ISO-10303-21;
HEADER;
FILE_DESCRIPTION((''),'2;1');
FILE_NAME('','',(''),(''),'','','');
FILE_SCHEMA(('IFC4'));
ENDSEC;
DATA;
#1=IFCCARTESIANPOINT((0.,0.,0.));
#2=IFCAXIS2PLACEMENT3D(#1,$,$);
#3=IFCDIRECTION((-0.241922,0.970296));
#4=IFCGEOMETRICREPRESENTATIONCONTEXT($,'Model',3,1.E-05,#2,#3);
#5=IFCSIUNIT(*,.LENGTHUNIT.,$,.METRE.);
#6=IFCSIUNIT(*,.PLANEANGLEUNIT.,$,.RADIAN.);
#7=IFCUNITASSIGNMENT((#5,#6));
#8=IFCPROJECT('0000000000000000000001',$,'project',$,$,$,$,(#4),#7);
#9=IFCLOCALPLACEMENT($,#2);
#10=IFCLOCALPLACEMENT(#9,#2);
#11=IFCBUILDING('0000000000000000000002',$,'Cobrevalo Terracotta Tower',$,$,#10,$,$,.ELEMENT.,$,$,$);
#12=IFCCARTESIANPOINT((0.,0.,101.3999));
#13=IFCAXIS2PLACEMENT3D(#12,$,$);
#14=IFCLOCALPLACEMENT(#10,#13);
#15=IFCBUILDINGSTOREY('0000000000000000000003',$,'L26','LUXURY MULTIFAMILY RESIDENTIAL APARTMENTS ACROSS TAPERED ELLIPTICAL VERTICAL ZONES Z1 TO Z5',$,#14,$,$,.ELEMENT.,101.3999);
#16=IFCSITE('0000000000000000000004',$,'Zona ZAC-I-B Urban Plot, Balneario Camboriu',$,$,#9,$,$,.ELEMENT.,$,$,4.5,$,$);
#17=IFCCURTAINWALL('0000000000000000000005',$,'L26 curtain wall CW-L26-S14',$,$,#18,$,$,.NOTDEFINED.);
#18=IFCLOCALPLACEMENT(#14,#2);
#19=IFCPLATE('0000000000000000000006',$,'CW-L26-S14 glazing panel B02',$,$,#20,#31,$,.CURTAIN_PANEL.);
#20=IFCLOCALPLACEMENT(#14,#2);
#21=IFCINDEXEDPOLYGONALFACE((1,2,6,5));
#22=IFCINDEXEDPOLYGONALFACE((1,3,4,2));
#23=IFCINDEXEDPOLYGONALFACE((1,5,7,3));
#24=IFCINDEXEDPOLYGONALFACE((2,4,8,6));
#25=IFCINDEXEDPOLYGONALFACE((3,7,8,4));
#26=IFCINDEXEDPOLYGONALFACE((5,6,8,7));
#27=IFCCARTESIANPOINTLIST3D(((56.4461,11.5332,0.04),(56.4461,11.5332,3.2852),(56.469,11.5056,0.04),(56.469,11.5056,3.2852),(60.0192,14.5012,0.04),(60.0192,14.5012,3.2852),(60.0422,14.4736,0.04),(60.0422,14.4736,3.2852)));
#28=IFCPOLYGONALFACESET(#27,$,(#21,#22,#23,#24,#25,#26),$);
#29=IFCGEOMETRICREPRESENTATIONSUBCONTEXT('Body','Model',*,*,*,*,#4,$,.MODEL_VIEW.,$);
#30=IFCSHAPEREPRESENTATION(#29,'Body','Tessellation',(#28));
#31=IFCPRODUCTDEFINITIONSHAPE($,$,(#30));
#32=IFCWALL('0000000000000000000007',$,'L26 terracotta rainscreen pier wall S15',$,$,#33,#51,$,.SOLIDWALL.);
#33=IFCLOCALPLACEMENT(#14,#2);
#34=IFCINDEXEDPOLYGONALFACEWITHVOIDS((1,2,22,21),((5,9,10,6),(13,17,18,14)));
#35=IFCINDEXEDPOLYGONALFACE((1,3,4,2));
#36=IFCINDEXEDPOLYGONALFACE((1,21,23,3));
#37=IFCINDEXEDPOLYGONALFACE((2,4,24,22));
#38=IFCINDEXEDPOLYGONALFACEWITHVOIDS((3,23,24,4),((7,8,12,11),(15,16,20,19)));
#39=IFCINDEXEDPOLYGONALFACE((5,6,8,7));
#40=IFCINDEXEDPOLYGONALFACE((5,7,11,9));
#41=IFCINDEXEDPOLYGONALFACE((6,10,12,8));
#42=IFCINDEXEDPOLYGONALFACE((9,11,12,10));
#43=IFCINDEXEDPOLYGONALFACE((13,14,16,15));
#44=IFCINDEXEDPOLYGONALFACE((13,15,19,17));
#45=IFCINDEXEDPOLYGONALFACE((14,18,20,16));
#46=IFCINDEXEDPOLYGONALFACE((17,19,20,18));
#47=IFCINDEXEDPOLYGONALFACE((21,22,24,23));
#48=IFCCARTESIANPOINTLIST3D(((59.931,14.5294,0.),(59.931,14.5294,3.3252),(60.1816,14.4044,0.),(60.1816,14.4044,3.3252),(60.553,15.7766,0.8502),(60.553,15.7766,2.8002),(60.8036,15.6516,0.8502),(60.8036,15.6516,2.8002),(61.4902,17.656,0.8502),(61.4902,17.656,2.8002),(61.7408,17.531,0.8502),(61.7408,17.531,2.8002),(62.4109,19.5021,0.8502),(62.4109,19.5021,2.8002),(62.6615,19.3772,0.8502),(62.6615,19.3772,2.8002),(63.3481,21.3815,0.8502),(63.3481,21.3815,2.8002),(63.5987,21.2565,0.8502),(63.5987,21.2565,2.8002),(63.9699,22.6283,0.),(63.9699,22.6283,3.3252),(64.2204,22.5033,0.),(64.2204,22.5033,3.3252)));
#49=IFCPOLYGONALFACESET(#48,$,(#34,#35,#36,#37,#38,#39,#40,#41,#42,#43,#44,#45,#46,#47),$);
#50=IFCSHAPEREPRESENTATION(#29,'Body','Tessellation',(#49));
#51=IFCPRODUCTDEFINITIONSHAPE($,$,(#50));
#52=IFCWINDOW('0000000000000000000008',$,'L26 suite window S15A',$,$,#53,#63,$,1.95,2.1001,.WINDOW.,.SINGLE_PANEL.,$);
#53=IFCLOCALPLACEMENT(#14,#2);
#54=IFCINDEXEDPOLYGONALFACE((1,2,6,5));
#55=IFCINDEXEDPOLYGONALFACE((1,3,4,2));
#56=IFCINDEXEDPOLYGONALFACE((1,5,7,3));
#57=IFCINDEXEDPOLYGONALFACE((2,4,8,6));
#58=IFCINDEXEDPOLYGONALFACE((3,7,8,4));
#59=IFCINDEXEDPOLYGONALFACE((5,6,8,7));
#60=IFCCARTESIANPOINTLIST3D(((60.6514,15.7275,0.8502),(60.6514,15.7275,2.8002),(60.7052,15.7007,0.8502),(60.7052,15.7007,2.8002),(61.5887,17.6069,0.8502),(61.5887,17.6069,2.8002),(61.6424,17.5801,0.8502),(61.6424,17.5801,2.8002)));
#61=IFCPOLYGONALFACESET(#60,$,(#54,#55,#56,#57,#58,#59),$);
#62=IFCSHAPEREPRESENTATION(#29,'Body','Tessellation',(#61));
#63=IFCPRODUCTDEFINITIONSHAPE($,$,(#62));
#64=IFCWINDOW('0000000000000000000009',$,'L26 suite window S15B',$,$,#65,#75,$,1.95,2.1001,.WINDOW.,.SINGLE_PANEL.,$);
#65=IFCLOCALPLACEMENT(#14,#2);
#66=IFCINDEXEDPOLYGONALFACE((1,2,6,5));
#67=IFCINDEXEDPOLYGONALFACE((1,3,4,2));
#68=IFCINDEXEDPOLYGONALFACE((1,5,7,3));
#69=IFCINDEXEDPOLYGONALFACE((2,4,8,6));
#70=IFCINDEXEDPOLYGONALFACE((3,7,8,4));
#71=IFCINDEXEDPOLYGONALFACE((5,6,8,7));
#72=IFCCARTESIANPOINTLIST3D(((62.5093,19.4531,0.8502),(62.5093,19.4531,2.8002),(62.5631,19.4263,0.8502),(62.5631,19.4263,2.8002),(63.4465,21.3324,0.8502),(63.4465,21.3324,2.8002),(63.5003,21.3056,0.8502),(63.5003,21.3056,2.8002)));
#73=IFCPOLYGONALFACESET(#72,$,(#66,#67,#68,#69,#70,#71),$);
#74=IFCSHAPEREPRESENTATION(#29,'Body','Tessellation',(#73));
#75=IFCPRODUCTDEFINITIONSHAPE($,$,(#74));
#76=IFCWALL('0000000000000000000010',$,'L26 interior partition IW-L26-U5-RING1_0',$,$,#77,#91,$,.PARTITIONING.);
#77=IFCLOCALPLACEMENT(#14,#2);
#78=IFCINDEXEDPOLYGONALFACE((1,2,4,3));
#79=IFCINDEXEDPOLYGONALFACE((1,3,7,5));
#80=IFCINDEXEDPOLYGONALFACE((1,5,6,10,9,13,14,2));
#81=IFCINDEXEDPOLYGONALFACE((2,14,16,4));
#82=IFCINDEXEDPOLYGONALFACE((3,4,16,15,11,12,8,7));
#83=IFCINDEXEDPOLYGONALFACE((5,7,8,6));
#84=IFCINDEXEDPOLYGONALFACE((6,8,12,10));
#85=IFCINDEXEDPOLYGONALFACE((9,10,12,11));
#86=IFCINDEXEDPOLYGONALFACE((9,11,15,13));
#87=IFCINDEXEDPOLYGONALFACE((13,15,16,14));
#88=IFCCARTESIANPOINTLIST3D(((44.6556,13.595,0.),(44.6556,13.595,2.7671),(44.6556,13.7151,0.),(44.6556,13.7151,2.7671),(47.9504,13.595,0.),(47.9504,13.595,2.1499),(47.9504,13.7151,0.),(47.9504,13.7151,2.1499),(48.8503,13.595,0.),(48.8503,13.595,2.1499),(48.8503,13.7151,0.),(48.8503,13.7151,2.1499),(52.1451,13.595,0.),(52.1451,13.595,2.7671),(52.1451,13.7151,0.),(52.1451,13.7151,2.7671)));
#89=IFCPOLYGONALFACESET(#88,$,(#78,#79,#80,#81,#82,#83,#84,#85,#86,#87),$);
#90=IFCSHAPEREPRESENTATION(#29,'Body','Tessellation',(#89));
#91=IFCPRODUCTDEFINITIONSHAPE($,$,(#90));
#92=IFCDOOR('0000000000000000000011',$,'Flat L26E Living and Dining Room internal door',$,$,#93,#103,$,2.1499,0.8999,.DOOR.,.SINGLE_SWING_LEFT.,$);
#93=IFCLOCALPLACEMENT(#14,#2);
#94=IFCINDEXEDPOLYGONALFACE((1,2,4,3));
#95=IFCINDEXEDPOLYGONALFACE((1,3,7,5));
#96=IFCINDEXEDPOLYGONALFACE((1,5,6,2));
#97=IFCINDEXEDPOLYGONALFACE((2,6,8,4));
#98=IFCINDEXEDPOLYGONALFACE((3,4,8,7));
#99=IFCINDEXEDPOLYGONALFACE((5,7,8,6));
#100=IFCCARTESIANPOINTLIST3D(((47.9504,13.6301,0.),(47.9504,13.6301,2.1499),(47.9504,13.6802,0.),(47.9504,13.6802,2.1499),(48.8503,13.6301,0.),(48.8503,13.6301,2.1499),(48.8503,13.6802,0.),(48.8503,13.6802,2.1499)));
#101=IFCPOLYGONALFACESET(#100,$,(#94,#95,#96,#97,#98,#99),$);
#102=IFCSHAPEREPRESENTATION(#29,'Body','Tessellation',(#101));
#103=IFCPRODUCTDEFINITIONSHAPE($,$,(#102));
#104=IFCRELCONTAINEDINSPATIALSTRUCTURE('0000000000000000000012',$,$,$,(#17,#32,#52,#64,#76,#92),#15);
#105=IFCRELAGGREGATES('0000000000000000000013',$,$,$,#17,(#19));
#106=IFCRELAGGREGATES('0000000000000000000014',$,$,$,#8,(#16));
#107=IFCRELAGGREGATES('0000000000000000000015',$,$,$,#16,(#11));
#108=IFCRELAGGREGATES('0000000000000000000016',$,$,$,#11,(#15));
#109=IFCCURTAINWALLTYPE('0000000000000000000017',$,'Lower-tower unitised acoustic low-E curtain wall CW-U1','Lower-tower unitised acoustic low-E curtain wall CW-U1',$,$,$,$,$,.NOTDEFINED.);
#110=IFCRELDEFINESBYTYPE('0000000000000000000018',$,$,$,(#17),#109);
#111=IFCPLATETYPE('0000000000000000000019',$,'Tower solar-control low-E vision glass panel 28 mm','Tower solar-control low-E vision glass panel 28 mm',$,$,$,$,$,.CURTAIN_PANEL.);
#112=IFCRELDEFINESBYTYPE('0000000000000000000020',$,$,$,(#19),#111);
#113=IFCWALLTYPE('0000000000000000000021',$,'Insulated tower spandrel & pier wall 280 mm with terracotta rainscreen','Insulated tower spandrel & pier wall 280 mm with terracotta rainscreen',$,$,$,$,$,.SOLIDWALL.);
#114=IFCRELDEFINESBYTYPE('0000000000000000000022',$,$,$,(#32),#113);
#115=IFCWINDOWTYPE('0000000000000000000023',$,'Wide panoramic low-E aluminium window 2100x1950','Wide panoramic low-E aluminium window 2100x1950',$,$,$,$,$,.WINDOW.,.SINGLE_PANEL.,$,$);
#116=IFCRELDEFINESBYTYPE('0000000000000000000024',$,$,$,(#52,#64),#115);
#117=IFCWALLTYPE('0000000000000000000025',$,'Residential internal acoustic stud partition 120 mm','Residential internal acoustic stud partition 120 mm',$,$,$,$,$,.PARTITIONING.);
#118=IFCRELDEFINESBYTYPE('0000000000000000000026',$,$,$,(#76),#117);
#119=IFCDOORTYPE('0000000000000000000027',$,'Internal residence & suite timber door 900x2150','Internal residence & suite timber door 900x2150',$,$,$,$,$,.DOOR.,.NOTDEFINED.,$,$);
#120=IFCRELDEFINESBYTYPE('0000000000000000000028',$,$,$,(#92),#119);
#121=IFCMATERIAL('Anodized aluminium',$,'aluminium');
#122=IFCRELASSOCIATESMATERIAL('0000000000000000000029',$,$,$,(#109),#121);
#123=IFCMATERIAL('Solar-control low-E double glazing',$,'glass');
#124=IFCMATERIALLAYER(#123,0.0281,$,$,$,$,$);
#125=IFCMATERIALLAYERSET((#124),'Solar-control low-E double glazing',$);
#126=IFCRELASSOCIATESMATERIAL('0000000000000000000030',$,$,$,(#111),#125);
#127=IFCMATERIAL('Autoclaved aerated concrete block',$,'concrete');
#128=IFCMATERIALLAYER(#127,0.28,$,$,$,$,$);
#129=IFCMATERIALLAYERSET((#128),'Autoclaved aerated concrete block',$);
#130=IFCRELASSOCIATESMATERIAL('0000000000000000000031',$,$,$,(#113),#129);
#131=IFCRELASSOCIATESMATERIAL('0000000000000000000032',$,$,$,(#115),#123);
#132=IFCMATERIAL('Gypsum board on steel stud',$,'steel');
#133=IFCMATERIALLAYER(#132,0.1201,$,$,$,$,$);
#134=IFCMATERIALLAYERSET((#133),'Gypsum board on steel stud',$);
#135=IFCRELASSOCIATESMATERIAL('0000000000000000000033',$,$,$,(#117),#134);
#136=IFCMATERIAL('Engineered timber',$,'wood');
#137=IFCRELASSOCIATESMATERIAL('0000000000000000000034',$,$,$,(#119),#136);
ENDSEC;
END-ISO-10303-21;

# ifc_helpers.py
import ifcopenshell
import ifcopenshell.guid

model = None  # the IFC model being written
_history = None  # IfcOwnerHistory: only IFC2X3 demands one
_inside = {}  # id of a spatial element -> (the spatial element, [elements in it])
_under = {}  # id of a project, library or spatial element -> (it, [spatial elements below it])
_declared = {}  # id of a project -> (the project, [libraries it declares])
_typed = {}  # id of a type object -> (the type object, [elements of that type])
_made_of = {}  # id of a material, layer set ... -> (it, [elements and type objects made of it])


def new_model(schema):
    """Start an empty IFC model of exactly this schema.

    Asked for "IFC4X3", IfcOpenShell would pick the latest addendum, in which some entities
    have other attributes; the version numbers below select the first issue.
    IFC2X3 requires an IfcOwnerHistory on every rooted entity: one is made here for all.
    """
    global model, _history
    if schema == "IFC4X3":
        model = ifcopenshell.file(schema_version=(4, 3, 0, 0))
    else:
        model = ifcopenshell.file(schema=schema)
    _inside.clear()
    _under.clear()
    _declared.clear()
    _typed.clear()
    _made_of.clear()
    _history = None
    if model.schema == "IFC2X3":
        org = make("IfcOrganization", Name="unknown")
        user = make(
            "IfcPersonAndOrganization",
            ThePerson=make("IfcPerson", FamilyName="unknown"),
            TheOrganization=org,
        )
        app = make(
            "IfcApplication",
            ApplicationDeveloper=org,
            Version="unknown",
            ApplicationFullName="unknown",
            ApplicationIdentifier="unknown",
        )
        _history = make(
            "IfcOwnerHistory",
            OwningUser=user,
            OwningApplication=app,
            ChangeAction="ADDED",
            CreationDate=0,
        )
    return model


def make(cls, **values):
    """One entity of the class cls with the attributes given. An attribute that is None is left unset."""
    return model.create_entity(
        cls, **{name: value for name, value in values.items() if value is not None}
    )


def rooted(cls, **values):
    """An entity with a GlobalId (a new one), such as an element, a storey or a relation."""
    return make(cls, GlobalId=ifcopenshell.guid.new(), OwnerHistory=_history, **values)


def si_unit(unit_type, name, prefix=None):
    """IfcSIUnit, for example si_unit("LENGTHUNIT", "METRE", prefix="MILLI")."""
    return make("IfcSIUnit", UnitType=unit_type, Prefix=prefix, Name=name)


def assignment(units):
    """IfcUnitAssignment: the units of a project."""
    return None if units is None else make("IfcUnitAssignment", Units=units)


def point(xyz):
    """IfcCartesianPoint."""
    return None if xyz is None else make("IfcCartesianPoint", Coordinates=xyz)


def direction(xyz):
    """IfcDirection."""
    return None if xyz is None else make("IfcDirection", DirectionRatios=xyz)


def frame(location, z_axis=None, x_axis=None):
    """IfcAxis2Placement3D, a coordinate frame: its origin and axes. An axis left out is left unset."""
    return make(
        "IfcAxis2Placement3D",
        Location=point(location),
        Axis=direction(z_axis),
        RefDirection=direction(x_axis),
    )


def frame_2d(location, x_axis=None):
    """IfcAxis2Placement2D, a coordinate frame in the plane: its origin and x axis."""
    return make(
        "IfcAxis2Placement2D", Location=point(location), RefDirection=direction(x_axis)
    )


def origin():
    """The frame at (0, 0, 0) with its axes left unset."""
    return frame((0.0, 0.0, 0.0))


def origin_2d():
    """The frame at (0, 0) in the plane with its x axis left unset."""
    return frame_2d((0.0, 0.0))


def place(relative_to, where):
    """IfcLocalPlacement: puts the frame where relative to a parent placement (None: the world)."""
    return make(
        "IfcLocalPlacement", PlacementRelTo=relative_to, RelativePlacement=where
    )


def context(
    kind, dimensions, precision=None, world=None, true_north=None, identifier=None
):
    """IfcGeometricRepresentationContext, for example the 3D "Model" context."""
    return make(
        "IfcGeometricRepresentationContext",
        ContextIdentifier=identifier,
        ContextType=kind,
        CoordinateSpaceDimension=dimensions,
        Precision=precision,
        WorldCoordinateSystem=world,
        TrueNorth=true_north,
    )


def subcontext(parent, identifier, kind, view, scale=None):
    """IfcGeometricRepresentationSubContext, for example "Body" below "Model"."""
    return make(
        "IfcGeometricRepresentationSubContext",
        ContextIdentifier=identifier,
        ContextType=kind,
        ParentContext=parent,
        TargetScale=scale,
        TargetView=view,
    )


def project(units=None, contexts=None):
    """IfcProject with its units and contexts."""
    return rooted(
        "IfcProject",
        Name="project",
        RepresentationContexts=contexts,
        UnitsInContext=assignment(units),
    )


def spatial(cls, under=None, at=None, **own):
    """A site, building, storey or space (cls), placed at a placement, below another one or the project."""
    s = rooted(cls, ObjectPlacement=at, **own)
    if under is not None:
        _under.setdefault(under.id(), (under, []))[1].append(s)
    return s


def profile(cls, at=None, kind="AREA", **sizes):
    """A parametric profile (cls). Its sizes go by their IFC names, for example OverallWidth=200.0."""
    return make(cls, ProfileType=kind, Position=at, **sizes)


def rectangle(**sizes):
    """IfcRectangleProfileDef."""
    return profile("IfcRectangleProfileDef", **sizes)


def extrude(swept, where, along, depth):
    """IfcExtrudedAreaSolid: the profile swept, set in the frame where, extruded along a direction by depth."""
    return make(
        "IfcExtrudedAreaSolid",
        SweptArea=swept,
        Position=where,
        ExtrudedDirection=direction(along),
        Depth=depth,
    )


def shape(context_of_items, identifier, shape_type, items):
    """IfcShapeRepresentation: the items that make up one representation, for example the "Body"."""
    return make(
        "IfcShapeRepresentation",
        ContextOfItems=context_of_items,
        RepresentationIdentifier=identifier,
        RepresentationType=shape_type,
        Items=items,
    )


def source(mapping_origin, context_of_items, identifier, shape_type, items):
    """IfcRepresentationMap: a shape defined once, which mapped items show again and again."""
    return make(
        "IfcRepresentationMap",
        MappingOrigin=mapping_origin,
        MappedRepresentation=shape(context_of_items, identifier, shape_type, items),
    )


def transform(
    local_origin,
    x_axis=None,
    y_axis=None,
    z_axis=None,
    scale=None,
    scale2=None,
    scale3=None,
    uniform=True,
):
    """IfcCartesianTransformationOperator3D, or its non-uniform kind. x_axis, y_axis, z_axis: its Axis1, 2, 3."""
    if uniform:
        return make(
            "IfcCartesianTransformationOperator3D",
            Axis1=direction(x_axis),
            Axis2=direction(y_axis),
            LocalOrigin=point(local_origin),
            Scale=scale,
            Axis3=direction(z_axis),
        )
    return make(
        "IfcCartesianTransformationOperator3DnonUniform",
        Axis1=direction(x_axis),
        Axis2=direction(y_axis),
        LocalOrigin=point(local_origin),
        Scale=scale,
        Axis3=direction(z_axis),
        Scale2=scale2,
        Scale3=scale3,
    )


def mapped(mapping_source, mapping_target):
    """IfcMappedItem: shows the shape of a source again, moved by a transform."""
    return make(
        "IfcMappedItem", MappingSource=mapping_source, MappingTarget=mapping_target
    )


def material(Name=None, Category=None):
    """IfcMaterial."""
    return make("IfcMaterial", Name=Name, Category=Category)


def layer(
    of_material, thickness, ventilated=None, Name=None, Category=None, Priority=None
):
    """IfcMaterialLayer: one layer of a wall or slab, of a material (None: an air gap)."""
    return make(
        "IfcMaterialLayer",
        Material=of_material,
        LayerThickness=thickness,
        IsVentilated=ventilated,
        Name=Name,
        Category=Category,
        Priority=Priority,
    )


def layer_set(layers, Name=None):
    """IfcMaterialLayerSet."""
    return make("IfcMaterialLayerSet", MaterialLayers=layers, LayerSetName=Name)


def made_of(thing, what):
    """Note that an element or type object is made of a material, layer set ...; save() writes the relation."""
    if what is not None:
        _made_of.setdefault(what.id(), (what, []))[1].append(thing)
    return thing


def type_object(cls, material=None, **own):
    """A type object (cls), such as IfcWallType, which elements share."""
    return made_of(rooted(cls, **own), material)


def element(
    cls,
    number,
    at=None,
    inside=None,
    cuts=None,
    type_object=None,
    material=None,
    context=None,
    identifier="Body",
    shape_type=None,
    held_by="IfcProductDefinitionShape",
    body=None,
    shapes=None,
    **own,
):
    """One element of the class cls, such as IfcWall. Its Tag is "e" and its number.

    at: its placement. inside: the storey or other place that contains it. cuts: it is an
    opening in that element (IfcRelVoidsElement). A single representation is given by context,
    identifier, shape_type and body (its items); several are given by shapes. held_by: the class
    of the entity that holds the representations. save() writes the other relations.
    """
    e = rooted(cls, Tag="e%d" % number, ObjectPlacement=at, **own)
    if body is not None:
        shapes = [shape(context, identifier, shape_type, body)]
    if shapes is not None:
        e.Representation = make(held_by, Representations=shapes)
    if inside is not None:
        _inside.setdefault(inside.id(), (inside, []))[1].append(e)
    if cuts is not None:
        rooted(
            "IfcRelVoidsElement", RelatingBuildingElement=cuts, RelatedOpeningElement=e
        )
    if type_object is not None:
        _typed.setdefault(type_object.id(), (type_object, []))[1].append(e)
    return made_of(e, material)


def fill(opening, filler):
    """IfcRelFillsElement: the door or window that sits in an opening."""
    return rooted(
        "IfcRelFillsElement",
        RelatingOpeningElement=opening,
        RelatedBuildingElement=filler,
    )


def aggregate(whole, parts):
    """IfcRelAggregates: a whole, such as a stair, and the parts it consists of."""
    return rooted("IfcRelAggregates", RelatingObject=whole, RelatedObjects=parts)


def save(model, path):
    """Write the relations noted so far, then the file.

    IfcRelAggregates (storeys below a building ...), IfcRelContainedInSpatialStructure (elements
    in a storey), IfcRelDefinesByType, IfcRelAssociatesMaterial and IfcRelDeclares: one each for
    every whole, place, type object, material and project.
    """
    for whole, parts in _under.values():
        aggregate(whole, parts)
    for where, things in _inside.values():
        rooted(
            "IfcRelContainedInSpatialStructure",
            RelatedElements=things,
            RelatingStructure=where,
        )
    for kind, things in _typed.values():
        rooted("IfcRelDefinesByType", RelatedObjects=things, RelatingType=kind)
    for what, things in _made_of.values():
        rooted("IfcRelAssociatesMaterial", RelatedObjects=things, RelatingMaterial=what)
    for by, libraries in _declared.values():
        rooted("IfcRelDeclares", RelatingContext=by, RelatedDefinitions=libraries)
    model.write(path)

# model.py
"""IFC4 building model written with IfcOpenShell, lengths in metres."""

from ifc_helpers import new_model, si_unit, direction, frame, frame_2d, origin, origin_2d, place, context, subcontext, project, spatial, rectangle, extrude, source, transform, mapped, material, layer, layer_set, type_object, element, fill, aggregate, save


model = new_model("IFC4")

# Units and contexts
model_context = context("Model", 3, precision=1e-05, world=origin(), true_north=direction((-0.241922, 0.970296)))
body_context = subcontext(model_context, "Body", "Model", "MODEL_VIEW")
ifc_project = project(units=[si_unit("LENGTHUNIT", "METRE"), si_unit("PLANEANGLEUNIT", "RADIAN")], contexts=[model_context])

# Site, building, storey
site_placement = place(None, origin())
site = spatial("IfcSite", under=ifc_project, at=site_placement, Name="Zona ZAC-I-B Urban Plot, Balneario Camboriu", CompositionType="ELEMENT", RefElevation=4.5)
building_placement = place(site_placement, origin())
building = spatial("IfcBuilding", under=site, at=building_placement, Name="Cobrevalo Terracotta Tower", CompositionType="ELEMENT")
storey_placement = place(building_placement, frame((0.0, 0.0, 101.3999)))
storey = spatial("IfcBuildingStorey", under=building, at=storey_placement, Name="L26", Description="LUXURY MULTIFAMILY RESIDENTIAL APARTMENTS ACROSS TAPERED ELLIPTICAL VERTICAL ZONES Z1 TO Z5", CompositionType="ELEMENT", Elevation=101.3999)

# Curtain wall
ifc_material_1 = material(Name="Anodized aluminium", Category="aluminium")
curtain_wall_type = type_object("IfcCurtainWallType", Name="Lower-tower unitised acoustic low-E curtain wall CW-U1", Description="Lower-tower unitised acoustic low-E curtain wall CW-U1", PredefinedType="NOTDEFINED", material=ifc_material_1)
curtain_wall_1_placement = place(storey_placement, origin())
curtain_wall_1 = element("IfcCurtainWall", 1, at=curtain_wall_1_placement, inside=storey, type_object=curtain_wall_type, Name="L26 curtain wall CW-L26-S14", PredefinedType="NOTDEFINED")

# Plate
ifc_material_2 = material(Name="Solar-control low-E double glazing", Category="glass")
ifc_layer_1 = layer(ifc_material_2, 0.0281)
ifc_layer_set_1 = layer_set([ifc_layer_1], Name="Solar-control low-E double glazing")
plate_type = type_object("IfcPlateType", Name="Tower solar-control low-E vision glass panel 28 mm", Description="Tower solar-control low-E vision glass panel 28 mm", PredefinedType="CURTAIN_PANEL", material=ifc_layer_set_1)
shared_shape_1 = source(origin(), body_context, "Body", "SweptSolid", [
    extrude(rectangle(XDim=4.645, YDim=0.0359, at=origin_2d()), origin(), (0.0, 0.0, 1.0), 3.2451),
])
plate_1_placement = place(storey_placement, frame((58.2441, 13.0034, 0.04), z_axis=(0.0, 0.0, 1.0), x_axis=(0.769241, 0.638958, 0.0)))
plate_1 = element("IfcPlate", 2, at=plate_1_placement, type_object=plate_type, Name="CW-L26-S14 glazing panel B02", PredefinedType="CURTAIN_PANEL", context=body_context, shape_type="MappedRepresentation", body=[
    mapped(shared_shape_1, transform((0.0, 0.0, 0.0), scale=1.0)),
])
aggregate(curtain_wall_1, [plate_1])

# Wall, openings, windows
ifc_material_3 = material(Name="Autoclaved aerated concrete block", Category="concrete")
ifc_layer_2 = layer(ifc_material_3, 0.28)
ifc_layer_set_2 = layer_set([ifc_layer_2], Name="Autoclaved aerated concrete block")
wall_type_1 = type_object("IfcWallType", Name="Insulated tower spandrel & pier wall 280 mm with terracotta rainscreen", Description="Insulated tower spandrel & pier wall 280 mm with terracotta rainscreen", PredefinedType="SOLIDWALL", material=ifc_layer_set_2)
wall_1_placement = place(storey_placement, frame((60.0564, 14.467, 0.0), z_axis=(0.0, 0.0, 1.0), x_axis=(0.446275, 0.894896, 0.0)))
wall_1 = element("IfcWall", 3, at=wall_1_placement, inside=storey, type_object=wall_type_1, Name="L26 terracotta rainscreen pier wall S15", PredefinedType="SOLIDWALL", context=body_context, shape_type="SweptSolid", body=[
    extrude(rectangle(XDim=9.05, YDim=0.28, at=frame_2d((4.5249, 0.0))), origin(), (0.0, 0.0, 1.0), 3.3252),
])
opening_1_placement = place(wall_1_placement, frame((1.3936, 0.0, 0.8501)))
opening_1 = element("IfcOpeningElement", 4, at=opening_1_placement, cuts=wall_1, PredefinedType="OPENING", context=body_context, shape_type="SweptSolid", body=[
    extrude(rectangle(XDim=2.1001, YDim=1.95, at=frame_2d((1.05, 0.9751))), frame((0.0, 0.1499, 0.0), z_axis=(0.0, -1.0, 0.0), x_axis=(1.0, 0.0, 0.0)), (0.0, 0.0, 1.0), 0.3),
])
opening_2_placement = place(wall_1_placement, frame((5.5566, 0.0, 0.8501)))
opening_2 = element("IfcOpeningElement", 5, at=opening_2_placement, cuts=wall_1, PredefinedType="OPENING", context=body_context, shape_type="SweptSolid", body=[
    extrude(rectangle(XDim=2.1001, YDim=1.95, at=frame_2d((1.05, 0.9751))), frame((0.0, 0.1499, 0.0), z_axis=(0.0, -1.0, 0.0), x_axis=(1.0, 0.0, 0.0)), (0.0, 0.0, 1.0), 0.3),
])
window_type = type_object("IfcWindowType", Name="Wide panoramic low-E aluminium window 2100x1950", Description="Wide panoramic low-E aluminium window 2100x1950", PartitioningType="SINGLE_PANEL", PredefinedType="WINDOW", material=ifc_material_2)
shared_shape_2 = source(origin(), body_context, "Body", "SweptSolid", [
    extrude(rectangle(XDim=2.1001, YDim=1.95, at=frame_2d((1.05, 0.9751))), frame((0.0, 0.03, 0.0), z_axis=(0.0, -1.0, 0.0), x_axis=(1.0, 0.0, 0.0)), (0.0, 0.0, 1.0), 0.0601),
])
window_1_placement = place(opening_1_placement, origin())
window_1 = element("IfcWindow", 6, at=window_1_placement, inside=storey, type_object=window_type, Name="L26 suite window S15A", OverallHeight=1.95, OverallWidth=2.1001, PartitioningType="SINGLE_PANEL", PredefinedType="WINDOW", context=body_context, shape_type="MappedRepresentation", body=[
    mapped(shared_shape_2, transform((0.0, 0.0, 0.0), scale=1.0)),
])
fill(opening_1, window_1)
window_2_placement = place(opening_2_placement, origin())
window_2 = element("IfcWindow", 7, at=window_2_placement, inside=storey, type_object=window_type, Name="L26 suite window S15B", OverallHeight=1.95, OverallWidth=2.1001, PartitioningType="SINGLE_PANEL", PredefinedType="WINDOW", context=body_context, shape_type="MappedRepresentation", body=[
    mapped(shared_shape_2, transform((0.0, 0.0, 0.0), scale=1.0)),
])
fill(opening_2, window_2)

# Wall, opening, door
ifc_material_4 = material(Name="Gypsum board on steel stud", Category="steel")
ifc_layer_3 = layer(ifc_material_4, 0.1201)
ifc_layer_set_3 = layer_set([ifc_layer_3], Name="Gypsum board on steel stud")
wall_type_2 = type_object("IfcWallType", Name="Residential internal acoustic stud partition 120 mm", Description="Residential internal acoustic stud partition 120 mm", PredefinedType="PARTITIONING", material=ifc_layer_set_3)
wall_2_placement = place(storey_placement, frame((52.145, 13.655, 0.0), z_axis=(0.0, 0.0, 1.0), x_axis=(-1.0, 0.0, 0.0)))
wall_2 = element("IfcWall", 8, at=wall_2_placement, inside=storey, type_object=wall_type_2, Name="L26 interior partition IW-L26-U5-RING1_0", PredefinedType="PARTITIONING", context=body_context, shape_type="SweptSolid", body=[
    extrude(rectangle(XDim=7.4895, YDim=0.1201, at=frame_2d((3.7446, 0.0))), origin(), (0.0, 0.0, 1.0), 2.7671),
])
opening_3_placement = place(wall_2_placement, frame((3.2947, 0.0, 0.0)))
opening_3 = element("IfcOpeningElement", 9, at=opening_3_placement, cuts=wall_2, PredefinedType="OPENING", context=body_context, shape_type="SweptSolid", body=[
    extrude(rectangle(XDim=0.8999, YDim=2.1499, at=frame_2d((0.45, 1.075))), frame((0.0, 0.0701, 0.0), z_axis=(0.0, -1.0, 0.0), x_axis=(1.0, 0.0, 0.0)), (0.0, 0.0, 1.0), 0.1401),
])
ifc_material_5 = material(Name="Engineered timber", Category="wood")
door_type = type_object("IfcDoorType", Name="Internal residence & suite timber door 900x2150", Description="Internal residence & suite timber door 900x2150", OperationType="NOTDEFINED", PredefinedType="DOOR", material=ifc_material_5)
shared_shape_3 = source(origin(), body_context, "Body", "SweptSolid", [
    extrude(rectangle(XDim=0.8999, YDim=2.1499, at=frame_2d((0.45, 1.075))), frame((0.0, 0.0249, 0.0), z_axis=(0.0, -1.0, 0.0), x_axis=(1.0, 0.0, 0.0)), (0.0, 0.0, 1.0), 0.05),
])
door_placement = place(opening_3_placement, origin())
door = element("IfcDoor", 10, at=door_placement, inside=storey, type_object=door_type, Name="Flat L26E Living and Dining Room internal door", OperationType="SINGLE_SWING_LEFT", OverallHeight=2.1499, OverallWidth=0.8999, PredefinedType="DOOR", context=body_context, shape_type="MappedRepresentation", body=[
    mapped(shared_shape_3, transform((0.0, 0.0, 0.0), scale=1.0)),
])
fill(opening_3, door)

save(model, "model.ifc")
